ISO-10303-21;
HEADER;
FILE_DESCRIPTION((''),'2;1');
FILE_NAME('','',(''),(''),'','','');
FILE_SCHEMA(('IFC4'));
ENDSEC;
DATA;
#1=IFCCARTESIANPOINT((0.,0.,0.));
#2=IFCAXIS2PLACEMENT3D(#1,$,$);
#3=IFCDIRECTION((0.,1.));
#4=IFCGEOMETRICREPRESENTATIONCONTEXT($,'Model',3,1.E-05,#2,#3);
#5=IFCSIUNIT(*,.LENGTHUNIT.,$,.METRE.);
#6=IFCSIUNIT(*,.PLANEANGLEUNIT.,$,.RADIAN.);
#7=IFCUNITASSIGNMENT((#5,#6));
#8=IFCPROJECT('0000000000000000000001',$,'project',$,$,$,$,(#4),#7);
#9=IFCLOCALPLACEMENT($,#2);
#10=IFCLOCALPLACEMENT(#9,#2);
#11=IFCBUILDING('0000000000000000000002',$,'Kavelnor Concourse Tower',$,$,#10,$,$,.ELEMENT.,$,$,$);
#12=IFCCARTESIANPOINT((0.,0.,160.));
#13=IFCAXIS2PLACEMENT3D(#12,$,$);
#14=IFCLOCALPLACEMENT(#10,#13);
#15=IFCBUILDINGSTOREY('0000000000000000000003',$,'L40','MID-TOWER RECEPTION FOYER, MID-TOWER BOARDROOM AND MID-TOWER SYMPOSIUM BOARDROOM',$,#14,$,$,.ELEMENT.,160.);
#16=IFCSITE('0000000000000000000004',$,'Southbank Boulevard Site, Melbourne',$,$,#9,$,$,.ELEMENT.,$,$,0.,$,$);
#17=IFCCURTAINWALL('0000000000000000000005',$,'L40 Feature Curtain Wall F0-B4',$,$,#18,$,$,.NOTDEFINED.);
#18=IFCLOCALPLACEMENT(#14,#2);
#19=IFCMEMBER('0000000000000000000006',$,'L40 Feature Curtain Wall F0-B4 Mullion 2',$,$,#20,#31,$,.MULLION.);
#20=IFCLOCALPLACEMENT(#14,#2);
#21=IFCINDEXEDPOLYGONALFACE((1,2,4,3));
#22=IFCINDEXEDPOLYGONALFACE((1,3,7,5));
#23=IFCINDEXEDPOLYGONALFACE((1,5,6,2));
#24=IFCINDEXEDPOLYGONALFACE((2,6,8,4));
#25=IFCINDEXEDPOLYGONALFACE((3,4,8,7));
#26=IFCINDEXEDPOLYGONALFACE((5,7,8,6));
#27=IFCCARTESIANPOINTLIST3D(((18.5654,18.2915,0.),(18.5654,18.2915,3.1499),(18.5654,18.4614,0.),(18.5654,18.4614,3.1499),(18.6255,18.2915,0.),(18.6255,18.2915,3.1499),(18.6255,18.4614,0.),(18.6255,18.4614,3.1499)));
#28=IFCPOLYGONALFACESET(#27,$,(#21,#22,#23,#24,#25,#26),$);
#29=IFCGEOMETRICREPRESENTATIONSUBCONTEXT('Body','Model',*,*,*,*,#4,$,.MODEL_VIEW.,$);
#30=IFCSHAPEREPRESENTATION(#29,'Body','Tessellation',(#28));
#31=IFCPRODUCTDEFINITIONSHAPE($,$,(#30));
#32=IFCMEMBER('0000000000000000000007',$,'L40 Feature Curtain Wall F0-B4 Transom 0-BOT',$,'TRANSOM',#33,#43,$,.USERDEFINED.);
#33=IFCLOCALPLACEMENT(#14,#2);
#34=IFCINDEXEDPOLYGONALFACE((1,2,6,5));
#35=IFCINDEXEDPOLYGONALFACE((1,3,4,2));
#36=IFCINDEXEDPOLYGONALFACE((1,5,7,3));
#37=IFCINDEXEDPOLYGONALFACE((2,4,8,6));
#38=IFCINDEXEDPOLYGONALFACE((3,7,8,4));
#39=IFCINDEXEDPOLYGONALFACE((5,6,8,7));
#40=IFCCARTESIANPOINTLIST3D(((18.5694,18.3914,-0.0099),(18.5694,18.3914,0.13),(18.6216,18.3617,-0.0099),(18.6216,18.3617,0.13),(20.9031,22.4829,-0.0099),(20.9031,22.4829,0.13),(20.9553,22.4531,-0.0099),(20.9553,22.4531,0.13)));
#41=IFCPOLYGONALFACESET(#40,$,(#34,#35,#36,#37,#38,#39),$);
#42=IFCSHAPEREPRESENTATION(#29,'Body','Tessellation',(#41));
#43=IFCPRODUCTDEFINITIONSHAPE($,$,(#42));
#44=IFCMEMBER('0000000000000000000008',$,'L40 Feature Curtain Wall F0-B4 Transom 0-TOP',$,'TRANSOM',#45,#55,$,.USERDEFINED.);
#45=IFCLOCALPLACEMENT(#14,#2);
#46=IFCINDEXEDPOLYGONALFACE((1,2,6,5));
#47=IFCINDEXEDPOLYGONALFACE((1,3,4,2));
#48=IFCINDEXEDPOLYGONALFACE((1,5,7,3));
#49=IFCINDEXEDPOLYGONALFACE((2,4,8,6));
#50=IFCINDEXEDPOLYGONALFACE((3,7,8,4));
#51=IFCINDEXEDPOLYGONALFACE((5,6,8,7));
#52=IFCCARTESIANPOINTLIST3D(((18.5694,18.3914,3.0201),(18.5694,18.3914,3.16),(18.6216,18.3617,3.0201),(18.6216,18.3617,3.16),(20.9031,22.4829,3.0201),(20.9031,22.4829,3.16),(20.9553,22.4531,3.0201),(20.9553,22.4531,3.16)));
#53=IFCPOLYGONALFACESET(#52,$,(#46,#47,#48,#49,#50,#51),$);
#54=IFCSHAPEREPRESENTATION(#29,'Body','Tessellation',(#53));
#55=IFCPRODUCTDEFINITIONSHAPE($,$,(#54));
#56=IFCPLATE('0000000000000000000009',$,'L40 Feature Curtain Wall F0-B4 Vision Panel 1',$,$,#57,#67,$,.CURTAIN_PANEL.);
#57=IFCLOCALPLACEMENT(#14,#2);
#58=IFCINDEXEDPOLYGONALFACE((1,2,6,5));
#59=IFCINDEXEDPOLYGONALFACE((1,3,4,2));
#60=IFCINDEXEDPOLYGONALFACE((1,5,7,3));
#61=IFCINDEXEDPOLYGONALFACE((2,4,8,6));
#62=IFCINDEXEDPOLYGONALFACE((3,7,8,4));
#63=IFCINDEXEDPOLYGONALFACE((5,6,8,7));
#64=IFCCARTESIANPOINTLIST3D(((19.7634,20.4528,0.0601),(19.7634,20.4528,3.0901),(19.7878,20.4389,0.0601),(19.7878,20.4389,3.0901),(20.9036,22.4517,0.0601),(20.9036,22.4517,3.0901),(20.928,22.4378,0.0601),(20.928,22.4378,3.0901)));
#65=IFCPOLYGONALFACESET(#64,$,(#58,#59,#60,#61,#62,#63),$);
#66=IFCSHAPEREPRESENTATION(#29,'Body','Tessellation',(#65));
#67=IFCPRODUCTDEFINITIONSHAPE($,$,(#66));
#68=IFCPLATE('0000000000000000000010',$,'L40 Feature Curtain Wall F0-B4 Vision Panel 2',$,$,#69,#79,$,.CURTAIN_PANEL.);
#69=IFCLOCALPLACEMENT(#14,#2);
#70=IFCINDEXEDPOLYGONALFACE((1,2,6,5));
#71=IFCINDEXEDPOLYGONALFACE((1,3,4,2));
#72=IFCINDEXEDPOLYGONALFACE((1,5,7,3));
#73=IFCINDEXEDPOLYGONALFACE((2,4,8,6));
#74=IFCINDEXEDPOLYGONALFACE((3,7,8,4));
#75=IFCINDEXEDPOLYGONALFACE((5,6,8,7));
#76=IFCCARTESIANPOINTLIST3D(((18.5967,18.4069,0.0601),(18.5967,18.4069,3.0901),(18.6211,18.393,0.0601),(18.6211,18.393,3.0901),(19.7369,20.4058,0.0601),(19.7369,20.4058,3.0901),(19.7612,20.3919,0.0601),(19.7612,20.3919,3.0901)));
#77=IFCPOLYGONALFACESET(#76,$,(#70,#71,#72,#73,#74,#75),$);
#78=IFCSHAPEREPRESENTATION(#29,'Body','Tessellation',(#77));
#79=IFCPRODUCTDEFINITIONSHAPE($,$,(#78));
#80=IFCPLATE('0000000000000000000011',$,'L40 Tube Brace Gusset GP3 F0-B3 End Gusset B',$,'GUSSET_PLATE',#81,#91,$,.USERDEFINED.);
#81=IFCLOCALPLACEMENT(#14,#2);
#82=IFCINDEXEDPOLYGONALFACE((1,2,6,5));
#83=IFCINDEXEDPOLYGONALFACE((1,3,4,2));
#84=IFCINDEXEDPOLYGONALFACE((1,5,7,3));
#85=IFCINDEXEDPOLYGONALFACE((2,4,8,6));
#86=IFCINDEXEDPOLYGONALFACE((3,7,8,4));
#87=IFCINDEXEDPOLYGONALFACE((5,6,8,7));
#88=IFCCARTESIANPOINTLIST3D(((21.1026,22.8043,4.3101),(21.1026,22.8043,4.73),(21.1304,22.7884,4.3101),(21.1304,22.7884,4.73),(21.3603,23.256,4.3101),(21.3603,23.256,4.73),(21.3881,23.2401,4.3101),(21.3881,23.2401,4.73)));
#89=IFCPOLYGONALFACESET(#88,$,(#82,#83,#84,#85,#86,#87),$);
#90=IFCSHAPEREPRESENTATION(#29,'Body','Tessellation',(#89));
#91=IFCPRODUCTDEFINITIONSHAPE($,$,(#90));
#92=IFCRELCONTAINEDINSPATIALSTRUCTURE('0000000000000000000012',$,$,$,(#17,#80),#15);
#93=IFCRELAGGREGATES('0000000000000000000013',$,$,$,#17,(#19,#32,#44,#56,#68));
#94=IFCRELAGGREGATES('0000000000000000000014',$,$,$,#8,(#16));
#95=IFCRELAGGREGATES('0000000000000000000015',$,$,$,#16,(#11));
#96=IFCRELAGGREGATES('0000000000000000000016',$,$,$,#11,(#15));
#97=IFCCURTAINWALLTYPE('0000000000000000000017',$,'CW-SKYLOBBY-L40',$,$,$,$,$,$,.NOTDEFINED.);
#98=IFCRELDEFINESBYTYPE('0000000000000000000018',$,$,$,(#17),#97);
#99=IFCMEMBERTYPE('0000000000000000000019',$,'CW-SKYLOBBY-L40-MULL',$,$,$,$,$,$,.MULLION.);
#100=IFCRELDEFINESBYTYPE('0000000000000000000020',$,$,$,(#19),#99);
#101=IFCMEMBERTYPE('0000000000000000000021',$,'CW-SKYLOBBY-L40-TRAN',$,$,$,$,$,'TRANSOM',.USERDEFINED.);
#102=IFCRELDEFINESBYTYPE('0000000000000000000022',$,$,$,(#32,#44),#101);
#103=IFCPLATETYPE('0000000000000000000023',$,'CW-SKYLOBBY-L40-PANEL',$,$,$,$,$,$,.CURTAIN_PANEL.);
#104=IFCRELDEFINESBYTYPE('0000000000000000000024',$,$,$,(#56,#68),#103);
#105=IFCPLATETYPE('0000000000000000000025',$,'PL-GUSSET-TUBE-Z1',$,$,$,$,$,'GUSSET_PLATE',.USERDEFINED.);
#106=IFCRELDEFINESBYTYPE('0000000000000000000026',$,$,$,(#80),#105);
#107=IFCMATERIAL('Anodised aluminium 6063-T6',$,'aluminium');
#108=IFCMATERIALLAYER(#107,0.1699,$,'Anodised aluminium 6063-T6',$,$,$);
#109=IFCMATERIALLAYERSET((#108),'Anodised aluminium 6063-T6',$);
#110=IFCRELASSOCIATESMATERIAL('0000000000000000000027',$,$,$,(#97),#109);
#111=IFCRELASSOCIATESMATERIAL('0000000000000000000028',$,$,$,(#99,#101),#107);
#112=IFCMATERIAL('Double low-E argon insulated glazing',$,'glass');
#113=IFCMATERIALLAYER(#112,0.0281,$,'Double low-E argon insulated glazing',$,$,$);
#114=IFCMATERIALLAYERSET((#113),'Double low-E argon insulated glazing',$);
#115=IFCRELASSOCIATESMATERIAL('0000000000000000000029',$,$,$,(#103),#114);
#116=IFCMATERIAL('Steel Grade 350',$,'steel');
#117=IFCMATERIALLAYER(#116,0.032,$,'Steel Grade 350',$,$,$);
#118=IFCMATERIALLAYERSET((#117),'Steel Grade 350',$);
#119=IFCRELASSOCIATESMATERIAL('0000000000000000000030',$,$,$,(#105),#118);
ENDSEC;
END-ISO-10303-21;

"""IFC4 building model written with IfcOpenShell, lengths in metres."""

from ifc_helpers import new_model, si_unit, direction, frame, origin, origin_2d, place, context, subcontext, project, spatial, rectangle, extrude, material, layer, layer_set, material_profile, profile_set, type_object, element, aggregate, save


model = new_model("IFC4")

# Units and contexts
model_context = context("Model", 3, precision=1e-05, world=origin(), true_north=direction((0.0, 1.0)))
body_context = subcontext(model_context, "Body", "Model", "MODEL_VIEW")
ifc_project = project(units=[si_unit("LENGTHUNIT", "METRE"), si_unit("PLANEANGLEUNIT", "RADIAN")], contexts=[model_context])

# Site, building, storey
site_placement = place(None, origin())
site = spatial("IfcSite", under=ifc_project, at=site_placement, Name="Southbank Boulevard Site, Melbourne", CompositionType="ELEMENT", RefElevation=0.0)
building_placement = place(site_placement, origin())
building = spatial("IfcBuilding", under=site, at=building_placement, Name="Kavelnor Concourse Tower", CompositionType="ELEMENT")
storey_placement = place(building_placement, frame((0.0, 0.0, 160.0)))
storey = spatial("IfcBuildingStorey", under=building, at=storey_placement, Name="L40", Description="MID-TOWER RECEPTION FOYER, MID-TOWER BOARDROOM AND MID-TOWER SYMPOSIUM BOARDROOM", CompositionType="ELEMENT", Elevation=160.0)

# Shared definitions
ifc_material_1 = material(Name="Steel Grade 350", Category="steel")

# Curtain wall, members, plates
ifc_material_2 = material(Name="Anodised aluminium 6063-T6", Category="aluminium")
ifc_layer_1 = layer(ifc_material_2, 0.1699, Name="Anodised aluminium 6063-T6")
ifc_layer_set_1 = layer_set([ifc_layer_1], Name="Anodised aluminium 6063-T6")
curtain_wall_type = type_object("IfcCurtainWallType", Name="CW-SKYLOBBY-L40", PredefinedType="NOTDEFINED", material=ifc_layer_set_1)
curtain_wall_placement = place(storey_placement, origin())
curtain_wall = element("IfcCurtainWall", 1, at=curtain_wall_placement, inside=storey, type_object=curtain_wall_type, Name="L40 Feature Curtain Wall F0-B4", PredefinedType="NOTDEFINED")
ifc_material_profile_1 = material_profile(ifc_material_2, rectangle(XDim=0.0601, YDim=0.1699, at=origin_2d()), Name="AL-MULL 60x170")
ifc_profile_set_1 = profile_set([ifc_material_profile_1], Name="Anodised aluminium 6063-T6")
member_type_1 = type_object("IfcMemberType", Name="CW-SKYLOBBY-L40-MULL", PredefinedType="MULLION", material=ifc_profile_set_1)
member_1_placement = place(storey_placement, frame((18.5955, 18.3765, 0.0), z_axis=(0.0, 0.0, 1.0), x_axis=(1.0, 0.0, 0.0)))
member_1 = element("IfcMember", 2, at=member_1_placement, type_object=member_type_1, Name="L40 Feature Curtain Wall F0-B4 Mullion 2", PredefinedType="MULLION", context=body_context, shape_type="SweptSolid", body=[
    extrude(rectangle(XDim=0.0601, YDim=0.1699, at=origin_2d()), origin(), (0.0, 0.0, 1.0), 3.1499),
])
ifc_material_profile_2 = material_profile(ifc_material_2, rectangle(XDim=0.0601, YDim=0.1399, at=origin_2d()), Name="AL-TRAN 60x140")
ifc_profile_set_2 = profile_set([ifc_material_profile_2], Name="Anodised aluminium 6063-T6")
member_type_2 = type_object("IfcMemberType", Name="CW-SKYLOBBY-L40-TRAN", ElementType="TRANSOM", PredefinedType="USERDEFINED", material=ifc_profile_set_2)
member_2_placement = place(storey_placement, frame((20.9292, 22.468, 0.0601), z_axis=(-0.495452, -0.868635, 0.0), x_axis=(0.868635, -0.495452, 0.0)))
member_2 = element("IfcMember", 3, at=member_2_placement, type_object=member_type_2, Name="L40 Feature Curtain Wall F0-B4 Transom 0-BOT", ObjectType="TRANSOM", PredefinedType="USERDEFINED", context=body_context, shape_type="SweptSolid", body=[
    extrude(rectangle(XDim=0.0601, YDim=0.1399, at=origin_2d()), origin(), (0.0, 0.0, 1.0), 4.7102),
])
member_3_placement = place(storey_placement, frame((20.9292, 22.468, 3.0901), z_axis=(-0.495452, -0.868635, 0.0), x_axis=(0.868635, -0.495452, 0.0)))
member_3 = element("IfcMember", 4, at=member_3_placement, type_object=member_type_2, Name="L40 Feature Curtain Wall F0-B4 Transom 0-TOP", ObjectType="TRANSOM", PredefinedType="USERDEFINED", context=body_context, shape_type="SweptSolid", body=[
    extrude(rectangle(XDim=0.0601, YDim=0.1399, at=origin_2d()), origin(), (0.0, 0.0, 1.0), 4.7102),
])
ifc_material_3 = material(Name="Double low-E argon insulated glazing", Category="glass")
ifc_layer_2 = layer(ifc_material_3, 0.0281, Name="Double low-E argon insulated glazing")
ifc_layer_set_2 = layer_set([ifc_layer_2], Name="Double low-E argon insulated glazing")
plate_type_1 = type_object("IfcPlateType", Name="CW-SKYLOBBY-L40-PANEL", PredefinedType="CURTAIN_PANEL", material=ifc_layer_set_2)
plate_1_placement = place(storey_placement, frame((20.3457, 21.4453, 0.0601), z_axis=(0.0, 0.0, 1.0), x_axis=(-0.495459, -0.868632, 0.0)))
plate_1 = element("IfcPlate", 5, at=plate_1_placement, type_object=plate_type_1, Name="L40 Feature Curtain Wall F0-B4 Vision Panel 1", PredefinedType="CURTAIN_PANEL", context=body_context, shape_type="SweptSolid", body=[
    extrude(rectangle(XDim=2.3013, YDim=0.0281, at=origin_2d()), origin(), (0.0, 0.0, 1.0), 3.03),
])
plate_2_placement = place(storey_placement, frame((19.179, 19.3994, 0.0601), z_axis=(0.0, 0.0, 1.0), x_axis=(-0.495459, -0.868632, 0.0)))
plate_2 = element("IfcPlate", 6, at=plate_2_placement, type_object=plate_type_1, Name="L40 Feature Curtain Wall F0-B4 Vision Panel 2", PredefinedType="CURTAIN_PANEL", context=body_context, shape_type="SweptSolid", body=[
    extrude(rectangle(XDim=2.3013, YDim=0.0281, at=origin_2d()), origin(), (0.0, 0.0, 1.0), 3.03),
])
aggregate(curtain_wall, [member_1, member_2, member_3, plate_1, plate_2])

# Plate
ifc_layer_3 = layer(ifc_material_1, 0.032, Name="Steel Grade 350")
ifc_layer_set_3 = layer_set([ifc_layer_3], Name="Steel Grade 350")
plate_type_2 = type_object("IfcPlateType", Name="PL-GUSSET-TUBE-Z1", ElementType="GUSSET_PLATE", PredefinedType="USERDEFINED", material=ifc_layer_set_3)
plate_3_placement = place(storey_placement, frame((21.2454, 23.0222, 4.3101), z_axis=(0.0, 0.0, 1.0), x_axis=(-0.495459, -0.868632, 0.0)))
element("IfcPlate", 7, at=plate_3_placement, inside=storey, type_object=plate_type_2, Name="L40 Tube Brace Gusset GP3 F0-B3 End Gusset B", ObjectType="GUSSET_PLATE", PredefinedType="USERDEFINED", context=body_context, shape_type="SweptSolid", body=[
    extrude(rectangle(XDim=0.52, YDim=0.032, at=origin_2d()), origin(), (0.0, 0.0, 1.0), 0.4199),
])

save(model, "model.ifc")
